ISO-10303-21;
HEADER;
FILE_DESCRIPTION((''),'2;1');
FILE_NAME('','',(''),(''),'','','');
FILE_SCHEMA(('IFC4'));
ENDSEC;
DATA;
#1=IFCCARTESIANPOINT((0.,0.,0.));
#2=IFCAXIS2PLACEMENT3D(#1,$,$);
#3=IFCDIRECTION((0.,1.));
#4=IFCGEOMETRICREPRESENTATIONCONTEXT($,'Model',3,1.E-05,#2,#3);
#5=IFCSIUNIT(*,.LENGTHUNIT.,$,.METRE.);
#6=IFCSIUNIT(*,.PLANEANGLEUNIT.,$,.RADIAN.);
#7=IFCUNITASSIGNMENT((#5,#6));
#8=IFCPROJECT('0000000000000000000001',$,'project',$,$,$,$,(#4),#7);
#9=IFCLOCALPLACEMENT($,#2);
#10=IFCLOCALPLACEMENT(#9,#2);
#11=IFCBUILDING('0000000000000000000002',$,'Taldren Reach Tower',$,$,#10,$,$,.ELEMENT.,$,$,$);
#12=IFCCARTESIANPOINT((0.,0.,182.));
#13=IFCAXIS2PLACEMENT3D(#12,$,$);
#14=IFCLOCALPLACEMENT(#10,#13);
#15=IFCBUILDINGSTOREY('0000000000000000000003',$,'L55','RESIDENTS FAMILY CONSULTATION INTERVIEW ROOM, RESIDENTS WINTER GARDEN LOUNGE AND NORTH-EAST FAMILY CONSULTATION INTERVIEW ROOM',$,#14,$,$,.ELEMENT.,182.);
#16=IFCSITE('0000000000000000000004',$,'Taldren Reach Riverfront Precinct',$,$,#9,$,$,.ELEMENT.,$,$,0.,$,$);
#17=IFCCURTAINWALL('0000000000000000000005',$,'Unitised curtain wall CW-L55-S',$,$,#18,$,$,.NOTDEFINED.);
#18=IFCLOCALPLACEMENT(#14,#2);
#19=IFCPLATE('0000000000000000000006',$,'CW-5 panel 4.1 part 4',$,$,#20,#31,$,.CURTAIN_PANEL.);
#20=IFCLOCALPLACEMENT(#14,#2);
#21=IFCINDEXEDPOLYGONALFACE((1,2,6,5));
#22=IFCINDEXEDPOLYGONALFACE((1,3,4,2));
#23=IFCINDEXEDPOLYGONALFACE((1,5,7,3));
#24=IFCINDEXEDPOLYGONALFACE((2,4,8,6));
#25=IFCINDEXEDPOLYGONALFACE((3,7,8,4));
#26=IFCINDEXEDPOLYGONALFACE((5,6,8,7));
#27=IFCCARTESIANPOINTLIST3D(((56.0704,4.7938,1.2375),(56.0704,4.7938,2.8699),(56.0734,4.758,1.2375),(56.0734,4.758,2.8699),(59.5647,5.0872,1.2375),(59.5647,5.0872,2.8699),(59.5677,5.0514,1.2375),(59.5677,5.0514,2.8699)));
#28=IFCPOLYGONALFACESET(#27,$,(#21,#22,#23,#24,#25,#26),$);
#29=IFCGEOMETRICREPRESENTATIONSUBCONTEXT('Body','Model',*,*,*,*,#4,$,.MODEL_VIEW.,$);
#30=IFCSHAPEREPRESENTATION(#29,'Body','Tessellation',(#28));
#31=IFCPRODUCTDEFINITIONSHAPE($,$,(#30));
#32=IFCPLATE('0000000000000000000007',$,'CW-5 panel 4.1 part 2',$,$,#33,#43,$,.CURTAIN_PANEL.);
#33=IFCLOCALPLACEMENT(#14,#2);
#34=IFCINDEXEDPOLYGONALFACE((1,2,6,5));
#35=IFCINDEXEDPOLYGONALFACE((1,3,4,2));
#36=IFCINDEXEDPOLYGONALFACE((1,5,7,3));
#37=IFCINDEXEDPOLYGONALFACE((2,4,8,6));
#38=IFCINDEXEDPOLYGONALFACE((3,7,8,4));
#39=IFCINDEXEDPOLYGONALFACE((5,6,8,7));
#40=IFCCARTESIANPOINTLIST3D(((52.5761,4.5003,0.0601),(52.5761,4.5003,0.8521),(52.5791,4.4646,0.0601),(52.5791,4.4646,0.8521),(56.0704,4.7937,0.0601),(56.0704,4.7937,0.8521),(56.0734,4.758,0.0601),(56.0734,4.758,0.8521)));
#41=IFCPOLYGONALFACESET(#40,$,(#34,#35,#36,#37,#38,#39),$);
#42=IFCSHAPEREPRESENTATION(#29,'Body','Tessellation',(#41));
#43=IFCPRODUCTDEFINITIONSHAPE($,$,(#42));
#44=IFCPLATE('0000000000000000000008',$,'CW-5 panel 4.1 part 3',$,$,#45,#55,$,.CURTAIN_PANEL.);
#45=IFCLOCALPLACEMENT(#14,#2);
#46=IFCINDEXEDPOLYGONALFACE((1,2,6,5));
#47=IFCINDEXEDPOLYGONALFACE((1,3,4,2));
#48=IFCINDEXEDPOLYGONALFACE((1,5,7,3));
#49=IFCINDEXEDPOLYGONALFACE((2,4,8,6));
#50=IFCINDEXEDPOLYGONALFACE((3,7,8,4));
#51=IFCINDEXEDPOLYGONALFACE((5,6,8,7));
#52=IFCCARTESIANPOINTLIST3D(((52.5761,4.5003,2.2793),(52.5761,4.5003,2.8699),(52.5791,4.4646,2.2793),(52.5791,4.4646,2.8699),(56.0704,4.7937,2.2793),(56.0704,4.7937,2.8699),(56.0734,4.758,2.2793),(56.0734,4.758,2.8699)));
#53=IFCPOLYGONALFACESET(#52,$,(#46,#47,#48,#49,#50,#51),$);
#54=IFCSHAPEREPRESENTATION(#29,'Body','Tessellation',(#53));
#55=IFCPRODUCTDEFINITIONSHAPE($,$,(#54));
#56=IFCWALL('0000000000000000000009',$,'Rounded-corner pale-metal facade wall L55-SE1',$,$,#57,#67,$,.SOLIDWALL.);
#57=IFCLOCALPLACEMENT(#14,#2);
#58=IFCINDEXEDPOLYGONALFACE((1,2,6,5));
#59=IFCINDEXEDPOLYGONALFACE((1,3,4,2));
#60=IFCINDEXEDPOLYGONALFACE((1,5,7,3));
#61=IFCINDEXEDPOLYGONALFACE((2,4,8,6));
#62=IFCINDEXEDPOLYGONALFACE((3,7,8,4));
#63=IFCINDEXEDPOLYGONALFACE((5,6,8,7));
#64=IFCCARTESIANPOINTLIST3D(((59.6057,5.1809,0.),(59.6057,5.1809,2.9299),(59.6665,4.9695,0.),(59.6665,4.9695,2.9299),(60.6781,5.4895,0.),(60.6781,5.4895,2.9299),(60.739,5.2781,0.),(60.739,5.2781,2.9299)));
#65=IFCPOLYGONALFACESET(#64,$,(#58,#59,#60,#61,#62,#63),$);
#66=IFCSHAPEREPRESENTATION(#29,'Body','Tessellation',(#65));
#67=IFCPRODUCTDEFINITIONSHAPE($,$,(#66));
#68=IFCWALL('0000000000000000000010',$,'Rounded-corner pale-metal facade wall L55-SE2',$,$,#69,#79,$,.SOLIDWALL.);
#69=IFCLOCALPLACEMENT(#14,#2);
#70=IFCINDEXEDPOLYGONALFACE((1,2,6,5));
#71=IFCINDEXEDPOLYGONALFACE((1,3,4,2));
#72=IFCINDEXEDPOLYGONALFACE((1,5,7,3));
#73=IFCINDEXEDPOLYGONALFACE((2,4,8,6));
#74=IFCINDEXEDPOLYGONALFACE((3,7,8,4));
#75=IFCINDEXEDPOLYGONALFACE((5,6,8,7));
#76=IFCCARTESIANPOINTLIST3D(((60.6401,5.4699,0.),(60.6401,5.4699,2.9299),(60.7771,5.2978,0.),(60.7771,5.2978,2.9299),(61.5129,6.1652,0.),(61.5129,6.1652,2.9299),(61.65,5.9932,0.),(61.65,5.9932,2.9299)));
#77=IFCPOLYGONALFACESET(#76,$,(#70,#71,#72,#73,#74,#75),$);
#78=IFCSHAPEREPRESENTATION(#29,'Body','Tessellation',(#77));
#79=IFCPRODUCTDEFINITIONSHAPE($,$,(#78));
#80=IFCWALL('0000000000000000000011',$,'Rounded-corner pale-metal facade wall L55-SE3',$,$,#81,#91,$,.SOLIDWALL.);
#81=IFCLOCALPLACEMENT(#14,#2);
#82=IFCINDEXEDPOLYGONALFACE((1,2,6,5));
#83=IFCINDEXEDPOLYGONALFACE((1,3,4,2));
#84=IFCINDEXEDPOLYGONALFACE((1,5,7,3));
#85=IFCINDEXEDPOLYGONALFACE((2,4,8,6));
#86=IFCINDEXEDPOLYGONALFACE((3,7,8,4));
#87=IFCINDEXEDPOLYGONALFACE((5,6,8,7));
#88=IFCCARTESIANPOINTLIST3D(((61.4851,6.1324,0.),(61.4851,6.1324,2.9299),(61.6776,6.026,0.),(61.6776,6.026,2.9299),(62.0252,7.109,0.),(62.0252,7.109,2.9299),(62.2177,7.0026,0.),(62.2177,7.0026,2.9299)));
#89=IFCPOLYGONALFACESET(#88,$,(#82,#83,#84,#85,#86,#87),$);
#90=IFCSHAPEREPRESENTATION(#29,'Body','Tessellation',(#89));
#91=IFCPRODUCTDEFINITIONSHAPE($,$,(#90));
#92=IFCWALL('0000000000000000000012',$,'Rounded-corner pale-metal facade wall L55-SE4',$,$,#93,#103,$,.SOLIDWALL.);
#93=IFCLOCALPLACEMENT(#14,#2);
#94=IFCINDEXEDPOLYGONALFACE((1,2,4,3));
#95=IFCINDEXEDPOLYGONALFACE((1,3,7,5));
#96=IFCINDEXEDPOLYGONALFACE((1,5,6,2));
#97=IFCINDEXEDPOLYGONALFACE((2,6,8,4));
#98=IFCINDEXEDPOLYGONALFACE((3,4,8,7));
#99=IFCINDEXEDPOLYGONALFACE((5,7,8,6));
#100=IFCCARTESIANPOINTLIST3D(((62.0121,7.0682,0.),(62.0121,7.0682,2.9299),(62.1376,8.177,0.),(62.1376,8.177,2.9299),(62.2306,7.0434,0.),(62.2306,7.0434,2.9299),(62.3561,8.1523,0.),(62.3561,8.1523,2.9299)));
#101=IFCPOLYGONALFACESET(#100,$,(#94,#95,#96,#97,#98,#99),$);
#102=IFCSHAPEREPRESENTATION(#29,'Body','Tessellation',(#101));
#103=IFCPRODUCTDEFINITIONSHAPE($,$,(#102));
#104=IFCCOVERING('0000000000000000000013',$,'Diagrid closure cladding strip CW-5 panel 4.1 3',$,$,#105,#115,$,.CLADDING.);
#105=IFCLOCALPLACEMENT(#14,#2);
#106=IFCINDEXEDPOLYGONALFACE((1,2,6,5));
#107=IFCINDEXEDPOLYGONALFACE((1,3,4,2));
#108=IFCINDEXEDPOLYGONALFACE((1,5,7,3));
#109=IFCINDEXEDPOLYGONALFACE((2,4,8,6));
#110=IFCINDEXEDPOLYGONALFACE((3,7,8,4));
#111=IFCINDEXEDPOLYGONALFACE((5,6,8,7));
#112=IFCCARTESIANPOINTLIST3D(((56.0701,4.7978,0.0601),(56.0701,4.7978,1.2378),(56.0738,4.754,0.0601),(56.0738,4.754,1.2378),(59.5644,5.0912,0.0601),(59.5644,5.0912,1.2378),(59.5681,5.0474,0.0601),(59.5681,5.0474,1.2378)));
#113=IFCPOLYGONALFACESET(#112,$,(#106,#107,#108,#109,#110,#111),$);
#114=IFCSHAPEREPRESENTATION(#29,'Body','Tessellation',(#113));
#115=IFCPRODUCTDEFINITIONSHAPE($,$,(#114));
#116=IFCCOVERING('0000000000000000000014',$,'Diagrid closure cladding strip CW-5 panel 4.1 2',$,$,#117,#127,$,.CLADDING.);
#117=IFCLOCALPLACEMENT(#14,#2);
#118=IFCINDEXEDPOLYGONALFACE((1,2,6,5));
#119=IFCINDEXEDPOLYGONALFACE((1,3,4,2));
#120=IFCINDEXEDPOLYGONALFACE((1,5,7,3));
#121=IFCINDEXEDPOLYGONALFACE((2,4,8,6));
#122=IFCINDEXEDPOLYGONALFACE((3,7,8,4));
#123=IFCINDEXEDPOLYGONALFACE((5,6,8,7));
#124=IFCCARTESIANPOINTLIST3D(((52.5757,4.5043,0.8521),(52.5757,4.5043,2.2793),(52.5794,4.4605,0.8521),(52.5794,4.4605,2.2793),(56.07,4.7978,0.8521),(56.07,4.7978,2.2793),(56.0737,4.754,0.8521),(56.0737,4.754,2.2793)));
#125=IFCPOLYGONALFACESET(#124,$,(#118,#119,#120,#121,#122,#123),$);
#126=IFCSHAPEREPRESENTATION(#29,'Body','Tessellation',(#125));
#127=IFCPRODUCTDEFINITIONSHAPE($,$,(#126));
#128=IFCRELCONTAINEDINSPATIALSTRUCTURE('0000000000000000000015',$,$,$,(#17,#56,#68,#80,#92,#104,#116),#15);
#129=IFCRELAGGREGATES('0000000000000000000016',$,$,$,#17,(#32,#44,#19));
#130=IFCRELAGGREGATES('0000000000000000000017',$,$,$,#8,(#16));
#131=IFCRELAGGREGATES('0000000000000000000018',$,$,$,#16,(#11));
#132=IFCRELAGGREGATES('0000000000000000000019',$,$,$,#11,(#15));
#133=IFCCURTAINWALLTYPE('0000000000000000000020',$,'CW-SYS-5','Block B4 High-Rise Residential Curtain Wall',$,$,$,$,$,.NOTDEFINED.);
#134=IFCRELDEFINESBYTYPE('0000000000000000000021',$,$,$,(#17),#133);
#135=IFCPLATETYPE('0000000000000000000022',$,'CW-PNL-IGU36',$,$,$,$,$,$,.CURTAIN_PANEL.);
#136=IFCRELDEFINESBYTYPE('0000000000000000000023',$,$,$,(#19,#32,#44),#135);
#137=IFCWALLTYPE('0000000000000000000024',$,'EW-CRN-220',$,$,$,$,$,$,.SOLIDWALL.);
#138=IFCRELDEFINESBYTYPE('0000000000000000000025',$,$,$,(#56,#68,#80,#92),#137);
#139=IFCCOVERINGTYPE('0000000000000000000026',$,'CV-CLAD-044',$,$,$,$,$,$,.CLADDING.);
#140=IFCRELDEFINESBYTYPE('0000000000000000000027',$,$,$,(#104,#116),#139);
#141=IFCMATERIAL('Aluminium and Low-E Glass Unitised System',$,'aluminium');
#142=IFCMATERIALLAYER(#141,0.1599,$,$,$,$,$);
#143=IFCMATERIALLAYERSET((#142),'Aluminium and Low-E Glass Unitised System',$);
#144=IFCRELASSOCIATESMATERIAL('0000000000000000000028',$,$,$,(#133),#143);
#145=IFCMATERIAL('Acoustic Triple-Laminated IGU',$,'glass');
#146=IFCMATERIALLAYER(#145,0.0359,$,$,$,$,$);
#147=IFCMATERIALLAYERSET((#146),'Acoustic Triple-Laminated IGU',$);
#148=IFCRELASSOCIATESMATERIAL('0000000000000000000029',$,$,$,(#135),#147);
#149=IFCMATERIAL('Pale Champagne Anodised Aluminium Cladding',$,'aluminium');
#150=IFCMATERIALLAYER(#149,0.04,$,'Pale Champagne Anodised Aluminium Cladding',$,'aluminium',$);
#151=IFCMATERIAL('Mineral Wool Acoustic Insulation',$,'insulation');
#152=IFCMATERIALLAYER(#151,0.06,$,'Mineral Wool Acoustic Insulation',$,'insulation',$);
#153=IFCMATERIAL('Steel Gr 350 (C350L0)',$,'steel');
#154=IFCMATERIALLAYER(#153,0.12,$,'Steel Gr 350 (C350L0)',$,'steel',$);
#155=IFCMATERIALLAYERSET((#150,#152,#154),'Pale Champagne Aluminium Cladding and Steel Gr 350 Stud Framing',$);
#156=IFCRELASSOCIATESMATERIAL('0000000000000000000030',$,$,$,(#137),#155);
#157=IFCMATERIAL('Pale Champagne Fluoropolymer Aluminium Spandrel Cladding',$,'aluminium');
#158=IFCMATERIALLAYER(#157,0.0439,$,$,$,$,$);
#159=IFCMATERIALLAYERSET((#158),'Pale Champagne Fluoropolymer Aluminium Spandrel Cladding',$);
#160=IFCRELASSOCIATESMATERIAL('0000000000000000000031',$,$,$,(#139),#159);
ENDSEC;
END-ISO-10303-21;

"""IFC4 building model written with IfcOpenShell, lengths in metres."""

from ifc_helpers import new_model, si_unit, direction, frame, frame_2d, origin, origin_2d, place, context, subcontext, project, spatial, rectangle, extrude, source, transform, mapped, material, layer, layer_set, type_object, element, aggregate, save


model = new_model("IFC4")

# Units and contexts
model_context = context("Model", 3, precision=1e-05, world=origin(), true_north=direction((0.0, 1.0)))
body_context = subcontext(model_context, "Body", "Model", "MODEL_VIEW")
ifc_project = project(units=[si_unit("LENGTHUNIT", "METRE"), si_unit("PLANEANGLEUNIT", "RADIAN")], contexts=[model_context])

# Site, building, storey
site_placement = place(None, origin())
site = spatial("IfcSite", under=ifc_project, at=site_placement, Name="Taldren Reach Riverfront Precinct", CompositionType="ELEMENT", RefElevation=0.0)
building_placement = place(site_placement, origin())
building = spatial("IfcBuilding", under=site, at=building_placement, Name="Taldren Reach Tower", CompositionType="ELEMENT")
storey_placement = place(building_placement, frame((0.0, 0.0, 182.0)))
storey = spatial("IfcBuildingStorey", under=building, at=storey_placement, Name="L55", Description="RESIDENTS FAMILY CONSULTATION INTERVIEW ROOM, RESIDENTS WINTER GARDEN LOUNGE AND NORTH-EAST FAMILY CONSULTATION INTERVIEW ROOM", CompositionType="ELEMENT", Elevation=182.0)

# Shared definitions
ifc_material_1 = material(Name="Steel Gr 350 (C350L0)", Category="steel")

# Curtain wall
ifc_material_2 = material(Name="Aluminium and Low-E Glass Unitised System", Category="aluminium")
ifc_layer_1 = layer(ifc_material_2, 0.1599)
ifc_layer_set_1 = layer_set([ifc_layer_1], Name="Aluminium and Low-E Glass Unitised System")
curtain_wall_type = type_object("IfcCurtainWallType", Name="CW-SYS-5", Description="Block B4 High-Rise Residential Curtain Wall", PredefinedType="NOTDEFINED", material=ifc_layer_set_1)
curtain_wall_1_placement = place(storey_placement, origin())
curtain_wall_1 = element("IfcCurtainWall", 1, at=curtain_wall_1_placement, inside=storey, type_object=curtain_wall_type, Name="Unitised curtain wall CW-L55-S", PredefinedType="NOTDEFINED")

# Plates
ifc_material_3 = material(Name="Acoustic Triple-Laminated IGU", Category="glass")
ifc_layer_2 = layer(ifc_material_3, 0.0359)
ifc_layer_set_2 = layer_set([ifc_layer_2], Name="Acoustic Triple-Laminated IGU")
plate_type_1 = type_object("IfcPlateType", Name="CW-PNL-IGU36", PredefinedType="CURTAIN_PANEL", material=ifc_layer_set_2)
shared_shape_1 = source(origin(), body_context, "Body", "SweptSolid", [
    extrude(rectangle(XDim=3.5066, YDim=0.0359, at=origin_2d()), origin(), (0.0, 0.0, 1.0), 1.6323),
])
plate_1_placement = place(storey_placement, frame((57.8191, 4.9226, 1.2375), z_axis=(0.0, 0.0, 1.0), x_axis=(0.996493, 0.083678, 0.0)))
plate_1 = element("IfcPlate", 2, at=plate_1_placement, type_object=plate_type_1, Name="CW-5 panel 4.1 part 4", PredefinedType="CURTAIN_PANEL", context=body_context, shape_type="MappedRepresentation", body=[
    mapped(shared_shape_1, transform((0.0, 0.0, 0.0), scale=1.0)),
])
shared_shape_2 = source(origin(), body_context, "Body", "SweptSolid", [
    extrude(rectangle(XDim=3.5066, YDim=0.0359, at=origin_2d()), origin(), (0.0, 0.0, 1.0), 0.792),
])
plate_2_placement = place(storey_placement, frame((54.3247, 4.6292, 0.0601), z_axis=(0.0, 0.0, 1.0), x_axis=(0.996493, 0.083678, 0.0)))
plate_2 = element("IfcPlate", 3, at=plate_2_placement, type_object=plate_type_1, Name="CW-5 panel 4.1 part 2", PredefinedType="CURTAIN_PANEL", context=body_context, shape_type="MappedRepresentation", body=[
    mapped(shared_shape_2, transform((0.0, 0.0, 0.0), scale=1.0)),
])
shared_shape_3 = source(origin(), body_context, "Body", "SweptSolid", [
    extrude(rectangle(XDim=3.5066, YDim=0.0359, at=origin_2d()), origin(), (0.0, 0.0, 1.0), 0.5906),
])
plate_3_placement = place(storey_placement, frame((54.3247, 4.6292, 2.2793), z_axis=(0.0, 0.0, 1.0), x_axis=(0.996493, 0.083678, 0.0)))
plate_3 = element("IfcPlate", 4, at=plate_3_placement, type_object=plate_type_1, Name="CW-5 panel 4.1 part 3", PredefinedType="CURTAIN_PANEL", context=body_context, shape_type="MappedRepresentation", body=[
    mapped(shared_shape_3, transform((0.0, 0.0, 0.0), scale=1.0)),
])
aggregate(curtain_wall_1, [plate_2, plate_3, plate_1])

# Walls
ifc_material_4 = material(Name="Pale Champagne Anodised Aluminium Cladding", Category="aluminium")
ifc_layer_3 = layer(ifc_material_4, 0.04, Name="Pale Champagne Anodised Aluminium Cladding", Category="aluminium")
ifc_material_5 = material(Name="Mineral Wool Acoustic Insulation", Category="insulation")
ifc_layer_4 = layer(ifc_material_5, 0.06, Name="Mineral Wool Acoustic Insulation", Category="insulation")
ifc_layer_5 = layer(ifc_material_1, 0.12, Name="Steel Gr 350 (C350L0)", Category="steel")
ifc_layer_set_3 = layer_set([ifc_layer_3, ifc_layer_4, ifc_layer_5], Name="Pale Champagne Aluminium Cladding and Steel Gr 350 Stud Framing")
wall_type = type_object("IfcWallType", Name="EW-CRN-220", PredefinedType="SOLIDWALL", material=ifc_layer_set_3)
shared_shape_4 = source(origin(), body_context, "Body", "SweptSolid", [
    extrude(rectangle(XDim=1.116, YDim=0.22, at=frame_2d((0.5581, 0.0))), origin(), (0.0, 0.0, 1.0), 2.9299),
])
for number, where, z_axis, x_axis, name in (
    (5, (59.636, 5.0752, 0.0), (0.0, 0.0, 1.0), (0.96101, 0.276512, 0.0), "Rounded-corner pale-metal facade wall L55-SE1"),
    (6, (60.7085, 5.3838, 0.0), (0.0, 0.0, 1.0), (0.782148, 0.623093, 0.0), "Rounded-corner pale-metal facade wall L55-SE2"),
    (7, (61.5813, 6.0791, 0.0), (0.0, 0.0, 1.0), (0.483933, 0.875105, 0.0), "Rounded-corner pale-metal facade wall L55-SE3"),
    (8, (62.1213, 7.0557, 0.0), (0.0, 0.0, 1.0), (0.112448, 0.993658, 0.0), "Rounded-corner pale-metal facade wall L55-SE4"),
):
    element("IfcWall", number, at=place(storey_placement, frame(where, z_axis=z_axis, x_axis=x_axis)), inside=storey, type_object=wall_type, Name=name, PredefinedType="SOLIDWALL", context=body_context, shape_type="MappedRepresentation", body=[
        mapped(shared_shape_4, transform((0.0, 0.0, 0.0), scale=1.0)),
    ])

# Coverings
ifc_material_6 = material(Name="Pale Champagne Fluoropolymer Aluminium Spandrel Cladding", Category="aluminium")
ifc_layer_6 = layer(ifc_material_6, 0.0439)
ifc_layer_set_4 = layer_set([ifc_layer_6], Name="Pale Champagne Fluoropolymer Aluminium Spandrel Cladding")
covering_type = type_object("IfcCoveringType", Name="CV-CLAD-044", PredefinedType="CLADDING", material=ifc_layer_set_4)
shared_shape_5 = source(origin(), body_context, "Body", "SweptSolid", [
    extrude(rectangle(XDim=3.5066, YDim=0.0439, at=origin_2d()), origin(), (0.0, 0.0, 1.0), 1.1777),
])
covering_1_placement = place(storey_placement, frame((57.8191, 4.9226, 0.0601), z_axis=(0.0, 0.0, 1.0), x_axis=(0.996493, 0.083678, 0.0)))
element("IfcCovering", 9, at=covering_1_placement, inside=storey, type_object=covering_type, Name="Diagrid closure cladding strip CW-5 panel 4.1 3", PredefinedType="CLADDING", context=body_context, shape_type="MappedRepresentation", body=[
    mapped(shared_shape_5, transform((0.0, 0.0, 0.0), scale=1.0)),
])
shared_shape_6 = source(origin(), body_context, "Body", "SweptSolid", [
    extrude(rectangle(XDim=3.5066, YDim=0.0439, at=origin_2d()), origin(), (0.0, 0.0, 1.0), 1.4272),
])
covering_2_placement = place(storey_placement, frame((54.3247, 4.6292, 0.8521), z_axis=(0.0, 0.0, 1.0), x_axis=(0.996493, 0.083678, 0.0)))
element("IfcCovering", 10, at=covering_2_placement, inside=storey, type_object=covering_type, Name="Diagrid closure cladding strip CW-5 panel 4.1 2", PredefinedType="CLADDING", context=body_context, shape_type="MappedRepresentation", body=[
    mapped(shared_shape_6, transform((0.0, 0.0, 0.0), scale=1.0)),
])

save(model, "model.ifc")
